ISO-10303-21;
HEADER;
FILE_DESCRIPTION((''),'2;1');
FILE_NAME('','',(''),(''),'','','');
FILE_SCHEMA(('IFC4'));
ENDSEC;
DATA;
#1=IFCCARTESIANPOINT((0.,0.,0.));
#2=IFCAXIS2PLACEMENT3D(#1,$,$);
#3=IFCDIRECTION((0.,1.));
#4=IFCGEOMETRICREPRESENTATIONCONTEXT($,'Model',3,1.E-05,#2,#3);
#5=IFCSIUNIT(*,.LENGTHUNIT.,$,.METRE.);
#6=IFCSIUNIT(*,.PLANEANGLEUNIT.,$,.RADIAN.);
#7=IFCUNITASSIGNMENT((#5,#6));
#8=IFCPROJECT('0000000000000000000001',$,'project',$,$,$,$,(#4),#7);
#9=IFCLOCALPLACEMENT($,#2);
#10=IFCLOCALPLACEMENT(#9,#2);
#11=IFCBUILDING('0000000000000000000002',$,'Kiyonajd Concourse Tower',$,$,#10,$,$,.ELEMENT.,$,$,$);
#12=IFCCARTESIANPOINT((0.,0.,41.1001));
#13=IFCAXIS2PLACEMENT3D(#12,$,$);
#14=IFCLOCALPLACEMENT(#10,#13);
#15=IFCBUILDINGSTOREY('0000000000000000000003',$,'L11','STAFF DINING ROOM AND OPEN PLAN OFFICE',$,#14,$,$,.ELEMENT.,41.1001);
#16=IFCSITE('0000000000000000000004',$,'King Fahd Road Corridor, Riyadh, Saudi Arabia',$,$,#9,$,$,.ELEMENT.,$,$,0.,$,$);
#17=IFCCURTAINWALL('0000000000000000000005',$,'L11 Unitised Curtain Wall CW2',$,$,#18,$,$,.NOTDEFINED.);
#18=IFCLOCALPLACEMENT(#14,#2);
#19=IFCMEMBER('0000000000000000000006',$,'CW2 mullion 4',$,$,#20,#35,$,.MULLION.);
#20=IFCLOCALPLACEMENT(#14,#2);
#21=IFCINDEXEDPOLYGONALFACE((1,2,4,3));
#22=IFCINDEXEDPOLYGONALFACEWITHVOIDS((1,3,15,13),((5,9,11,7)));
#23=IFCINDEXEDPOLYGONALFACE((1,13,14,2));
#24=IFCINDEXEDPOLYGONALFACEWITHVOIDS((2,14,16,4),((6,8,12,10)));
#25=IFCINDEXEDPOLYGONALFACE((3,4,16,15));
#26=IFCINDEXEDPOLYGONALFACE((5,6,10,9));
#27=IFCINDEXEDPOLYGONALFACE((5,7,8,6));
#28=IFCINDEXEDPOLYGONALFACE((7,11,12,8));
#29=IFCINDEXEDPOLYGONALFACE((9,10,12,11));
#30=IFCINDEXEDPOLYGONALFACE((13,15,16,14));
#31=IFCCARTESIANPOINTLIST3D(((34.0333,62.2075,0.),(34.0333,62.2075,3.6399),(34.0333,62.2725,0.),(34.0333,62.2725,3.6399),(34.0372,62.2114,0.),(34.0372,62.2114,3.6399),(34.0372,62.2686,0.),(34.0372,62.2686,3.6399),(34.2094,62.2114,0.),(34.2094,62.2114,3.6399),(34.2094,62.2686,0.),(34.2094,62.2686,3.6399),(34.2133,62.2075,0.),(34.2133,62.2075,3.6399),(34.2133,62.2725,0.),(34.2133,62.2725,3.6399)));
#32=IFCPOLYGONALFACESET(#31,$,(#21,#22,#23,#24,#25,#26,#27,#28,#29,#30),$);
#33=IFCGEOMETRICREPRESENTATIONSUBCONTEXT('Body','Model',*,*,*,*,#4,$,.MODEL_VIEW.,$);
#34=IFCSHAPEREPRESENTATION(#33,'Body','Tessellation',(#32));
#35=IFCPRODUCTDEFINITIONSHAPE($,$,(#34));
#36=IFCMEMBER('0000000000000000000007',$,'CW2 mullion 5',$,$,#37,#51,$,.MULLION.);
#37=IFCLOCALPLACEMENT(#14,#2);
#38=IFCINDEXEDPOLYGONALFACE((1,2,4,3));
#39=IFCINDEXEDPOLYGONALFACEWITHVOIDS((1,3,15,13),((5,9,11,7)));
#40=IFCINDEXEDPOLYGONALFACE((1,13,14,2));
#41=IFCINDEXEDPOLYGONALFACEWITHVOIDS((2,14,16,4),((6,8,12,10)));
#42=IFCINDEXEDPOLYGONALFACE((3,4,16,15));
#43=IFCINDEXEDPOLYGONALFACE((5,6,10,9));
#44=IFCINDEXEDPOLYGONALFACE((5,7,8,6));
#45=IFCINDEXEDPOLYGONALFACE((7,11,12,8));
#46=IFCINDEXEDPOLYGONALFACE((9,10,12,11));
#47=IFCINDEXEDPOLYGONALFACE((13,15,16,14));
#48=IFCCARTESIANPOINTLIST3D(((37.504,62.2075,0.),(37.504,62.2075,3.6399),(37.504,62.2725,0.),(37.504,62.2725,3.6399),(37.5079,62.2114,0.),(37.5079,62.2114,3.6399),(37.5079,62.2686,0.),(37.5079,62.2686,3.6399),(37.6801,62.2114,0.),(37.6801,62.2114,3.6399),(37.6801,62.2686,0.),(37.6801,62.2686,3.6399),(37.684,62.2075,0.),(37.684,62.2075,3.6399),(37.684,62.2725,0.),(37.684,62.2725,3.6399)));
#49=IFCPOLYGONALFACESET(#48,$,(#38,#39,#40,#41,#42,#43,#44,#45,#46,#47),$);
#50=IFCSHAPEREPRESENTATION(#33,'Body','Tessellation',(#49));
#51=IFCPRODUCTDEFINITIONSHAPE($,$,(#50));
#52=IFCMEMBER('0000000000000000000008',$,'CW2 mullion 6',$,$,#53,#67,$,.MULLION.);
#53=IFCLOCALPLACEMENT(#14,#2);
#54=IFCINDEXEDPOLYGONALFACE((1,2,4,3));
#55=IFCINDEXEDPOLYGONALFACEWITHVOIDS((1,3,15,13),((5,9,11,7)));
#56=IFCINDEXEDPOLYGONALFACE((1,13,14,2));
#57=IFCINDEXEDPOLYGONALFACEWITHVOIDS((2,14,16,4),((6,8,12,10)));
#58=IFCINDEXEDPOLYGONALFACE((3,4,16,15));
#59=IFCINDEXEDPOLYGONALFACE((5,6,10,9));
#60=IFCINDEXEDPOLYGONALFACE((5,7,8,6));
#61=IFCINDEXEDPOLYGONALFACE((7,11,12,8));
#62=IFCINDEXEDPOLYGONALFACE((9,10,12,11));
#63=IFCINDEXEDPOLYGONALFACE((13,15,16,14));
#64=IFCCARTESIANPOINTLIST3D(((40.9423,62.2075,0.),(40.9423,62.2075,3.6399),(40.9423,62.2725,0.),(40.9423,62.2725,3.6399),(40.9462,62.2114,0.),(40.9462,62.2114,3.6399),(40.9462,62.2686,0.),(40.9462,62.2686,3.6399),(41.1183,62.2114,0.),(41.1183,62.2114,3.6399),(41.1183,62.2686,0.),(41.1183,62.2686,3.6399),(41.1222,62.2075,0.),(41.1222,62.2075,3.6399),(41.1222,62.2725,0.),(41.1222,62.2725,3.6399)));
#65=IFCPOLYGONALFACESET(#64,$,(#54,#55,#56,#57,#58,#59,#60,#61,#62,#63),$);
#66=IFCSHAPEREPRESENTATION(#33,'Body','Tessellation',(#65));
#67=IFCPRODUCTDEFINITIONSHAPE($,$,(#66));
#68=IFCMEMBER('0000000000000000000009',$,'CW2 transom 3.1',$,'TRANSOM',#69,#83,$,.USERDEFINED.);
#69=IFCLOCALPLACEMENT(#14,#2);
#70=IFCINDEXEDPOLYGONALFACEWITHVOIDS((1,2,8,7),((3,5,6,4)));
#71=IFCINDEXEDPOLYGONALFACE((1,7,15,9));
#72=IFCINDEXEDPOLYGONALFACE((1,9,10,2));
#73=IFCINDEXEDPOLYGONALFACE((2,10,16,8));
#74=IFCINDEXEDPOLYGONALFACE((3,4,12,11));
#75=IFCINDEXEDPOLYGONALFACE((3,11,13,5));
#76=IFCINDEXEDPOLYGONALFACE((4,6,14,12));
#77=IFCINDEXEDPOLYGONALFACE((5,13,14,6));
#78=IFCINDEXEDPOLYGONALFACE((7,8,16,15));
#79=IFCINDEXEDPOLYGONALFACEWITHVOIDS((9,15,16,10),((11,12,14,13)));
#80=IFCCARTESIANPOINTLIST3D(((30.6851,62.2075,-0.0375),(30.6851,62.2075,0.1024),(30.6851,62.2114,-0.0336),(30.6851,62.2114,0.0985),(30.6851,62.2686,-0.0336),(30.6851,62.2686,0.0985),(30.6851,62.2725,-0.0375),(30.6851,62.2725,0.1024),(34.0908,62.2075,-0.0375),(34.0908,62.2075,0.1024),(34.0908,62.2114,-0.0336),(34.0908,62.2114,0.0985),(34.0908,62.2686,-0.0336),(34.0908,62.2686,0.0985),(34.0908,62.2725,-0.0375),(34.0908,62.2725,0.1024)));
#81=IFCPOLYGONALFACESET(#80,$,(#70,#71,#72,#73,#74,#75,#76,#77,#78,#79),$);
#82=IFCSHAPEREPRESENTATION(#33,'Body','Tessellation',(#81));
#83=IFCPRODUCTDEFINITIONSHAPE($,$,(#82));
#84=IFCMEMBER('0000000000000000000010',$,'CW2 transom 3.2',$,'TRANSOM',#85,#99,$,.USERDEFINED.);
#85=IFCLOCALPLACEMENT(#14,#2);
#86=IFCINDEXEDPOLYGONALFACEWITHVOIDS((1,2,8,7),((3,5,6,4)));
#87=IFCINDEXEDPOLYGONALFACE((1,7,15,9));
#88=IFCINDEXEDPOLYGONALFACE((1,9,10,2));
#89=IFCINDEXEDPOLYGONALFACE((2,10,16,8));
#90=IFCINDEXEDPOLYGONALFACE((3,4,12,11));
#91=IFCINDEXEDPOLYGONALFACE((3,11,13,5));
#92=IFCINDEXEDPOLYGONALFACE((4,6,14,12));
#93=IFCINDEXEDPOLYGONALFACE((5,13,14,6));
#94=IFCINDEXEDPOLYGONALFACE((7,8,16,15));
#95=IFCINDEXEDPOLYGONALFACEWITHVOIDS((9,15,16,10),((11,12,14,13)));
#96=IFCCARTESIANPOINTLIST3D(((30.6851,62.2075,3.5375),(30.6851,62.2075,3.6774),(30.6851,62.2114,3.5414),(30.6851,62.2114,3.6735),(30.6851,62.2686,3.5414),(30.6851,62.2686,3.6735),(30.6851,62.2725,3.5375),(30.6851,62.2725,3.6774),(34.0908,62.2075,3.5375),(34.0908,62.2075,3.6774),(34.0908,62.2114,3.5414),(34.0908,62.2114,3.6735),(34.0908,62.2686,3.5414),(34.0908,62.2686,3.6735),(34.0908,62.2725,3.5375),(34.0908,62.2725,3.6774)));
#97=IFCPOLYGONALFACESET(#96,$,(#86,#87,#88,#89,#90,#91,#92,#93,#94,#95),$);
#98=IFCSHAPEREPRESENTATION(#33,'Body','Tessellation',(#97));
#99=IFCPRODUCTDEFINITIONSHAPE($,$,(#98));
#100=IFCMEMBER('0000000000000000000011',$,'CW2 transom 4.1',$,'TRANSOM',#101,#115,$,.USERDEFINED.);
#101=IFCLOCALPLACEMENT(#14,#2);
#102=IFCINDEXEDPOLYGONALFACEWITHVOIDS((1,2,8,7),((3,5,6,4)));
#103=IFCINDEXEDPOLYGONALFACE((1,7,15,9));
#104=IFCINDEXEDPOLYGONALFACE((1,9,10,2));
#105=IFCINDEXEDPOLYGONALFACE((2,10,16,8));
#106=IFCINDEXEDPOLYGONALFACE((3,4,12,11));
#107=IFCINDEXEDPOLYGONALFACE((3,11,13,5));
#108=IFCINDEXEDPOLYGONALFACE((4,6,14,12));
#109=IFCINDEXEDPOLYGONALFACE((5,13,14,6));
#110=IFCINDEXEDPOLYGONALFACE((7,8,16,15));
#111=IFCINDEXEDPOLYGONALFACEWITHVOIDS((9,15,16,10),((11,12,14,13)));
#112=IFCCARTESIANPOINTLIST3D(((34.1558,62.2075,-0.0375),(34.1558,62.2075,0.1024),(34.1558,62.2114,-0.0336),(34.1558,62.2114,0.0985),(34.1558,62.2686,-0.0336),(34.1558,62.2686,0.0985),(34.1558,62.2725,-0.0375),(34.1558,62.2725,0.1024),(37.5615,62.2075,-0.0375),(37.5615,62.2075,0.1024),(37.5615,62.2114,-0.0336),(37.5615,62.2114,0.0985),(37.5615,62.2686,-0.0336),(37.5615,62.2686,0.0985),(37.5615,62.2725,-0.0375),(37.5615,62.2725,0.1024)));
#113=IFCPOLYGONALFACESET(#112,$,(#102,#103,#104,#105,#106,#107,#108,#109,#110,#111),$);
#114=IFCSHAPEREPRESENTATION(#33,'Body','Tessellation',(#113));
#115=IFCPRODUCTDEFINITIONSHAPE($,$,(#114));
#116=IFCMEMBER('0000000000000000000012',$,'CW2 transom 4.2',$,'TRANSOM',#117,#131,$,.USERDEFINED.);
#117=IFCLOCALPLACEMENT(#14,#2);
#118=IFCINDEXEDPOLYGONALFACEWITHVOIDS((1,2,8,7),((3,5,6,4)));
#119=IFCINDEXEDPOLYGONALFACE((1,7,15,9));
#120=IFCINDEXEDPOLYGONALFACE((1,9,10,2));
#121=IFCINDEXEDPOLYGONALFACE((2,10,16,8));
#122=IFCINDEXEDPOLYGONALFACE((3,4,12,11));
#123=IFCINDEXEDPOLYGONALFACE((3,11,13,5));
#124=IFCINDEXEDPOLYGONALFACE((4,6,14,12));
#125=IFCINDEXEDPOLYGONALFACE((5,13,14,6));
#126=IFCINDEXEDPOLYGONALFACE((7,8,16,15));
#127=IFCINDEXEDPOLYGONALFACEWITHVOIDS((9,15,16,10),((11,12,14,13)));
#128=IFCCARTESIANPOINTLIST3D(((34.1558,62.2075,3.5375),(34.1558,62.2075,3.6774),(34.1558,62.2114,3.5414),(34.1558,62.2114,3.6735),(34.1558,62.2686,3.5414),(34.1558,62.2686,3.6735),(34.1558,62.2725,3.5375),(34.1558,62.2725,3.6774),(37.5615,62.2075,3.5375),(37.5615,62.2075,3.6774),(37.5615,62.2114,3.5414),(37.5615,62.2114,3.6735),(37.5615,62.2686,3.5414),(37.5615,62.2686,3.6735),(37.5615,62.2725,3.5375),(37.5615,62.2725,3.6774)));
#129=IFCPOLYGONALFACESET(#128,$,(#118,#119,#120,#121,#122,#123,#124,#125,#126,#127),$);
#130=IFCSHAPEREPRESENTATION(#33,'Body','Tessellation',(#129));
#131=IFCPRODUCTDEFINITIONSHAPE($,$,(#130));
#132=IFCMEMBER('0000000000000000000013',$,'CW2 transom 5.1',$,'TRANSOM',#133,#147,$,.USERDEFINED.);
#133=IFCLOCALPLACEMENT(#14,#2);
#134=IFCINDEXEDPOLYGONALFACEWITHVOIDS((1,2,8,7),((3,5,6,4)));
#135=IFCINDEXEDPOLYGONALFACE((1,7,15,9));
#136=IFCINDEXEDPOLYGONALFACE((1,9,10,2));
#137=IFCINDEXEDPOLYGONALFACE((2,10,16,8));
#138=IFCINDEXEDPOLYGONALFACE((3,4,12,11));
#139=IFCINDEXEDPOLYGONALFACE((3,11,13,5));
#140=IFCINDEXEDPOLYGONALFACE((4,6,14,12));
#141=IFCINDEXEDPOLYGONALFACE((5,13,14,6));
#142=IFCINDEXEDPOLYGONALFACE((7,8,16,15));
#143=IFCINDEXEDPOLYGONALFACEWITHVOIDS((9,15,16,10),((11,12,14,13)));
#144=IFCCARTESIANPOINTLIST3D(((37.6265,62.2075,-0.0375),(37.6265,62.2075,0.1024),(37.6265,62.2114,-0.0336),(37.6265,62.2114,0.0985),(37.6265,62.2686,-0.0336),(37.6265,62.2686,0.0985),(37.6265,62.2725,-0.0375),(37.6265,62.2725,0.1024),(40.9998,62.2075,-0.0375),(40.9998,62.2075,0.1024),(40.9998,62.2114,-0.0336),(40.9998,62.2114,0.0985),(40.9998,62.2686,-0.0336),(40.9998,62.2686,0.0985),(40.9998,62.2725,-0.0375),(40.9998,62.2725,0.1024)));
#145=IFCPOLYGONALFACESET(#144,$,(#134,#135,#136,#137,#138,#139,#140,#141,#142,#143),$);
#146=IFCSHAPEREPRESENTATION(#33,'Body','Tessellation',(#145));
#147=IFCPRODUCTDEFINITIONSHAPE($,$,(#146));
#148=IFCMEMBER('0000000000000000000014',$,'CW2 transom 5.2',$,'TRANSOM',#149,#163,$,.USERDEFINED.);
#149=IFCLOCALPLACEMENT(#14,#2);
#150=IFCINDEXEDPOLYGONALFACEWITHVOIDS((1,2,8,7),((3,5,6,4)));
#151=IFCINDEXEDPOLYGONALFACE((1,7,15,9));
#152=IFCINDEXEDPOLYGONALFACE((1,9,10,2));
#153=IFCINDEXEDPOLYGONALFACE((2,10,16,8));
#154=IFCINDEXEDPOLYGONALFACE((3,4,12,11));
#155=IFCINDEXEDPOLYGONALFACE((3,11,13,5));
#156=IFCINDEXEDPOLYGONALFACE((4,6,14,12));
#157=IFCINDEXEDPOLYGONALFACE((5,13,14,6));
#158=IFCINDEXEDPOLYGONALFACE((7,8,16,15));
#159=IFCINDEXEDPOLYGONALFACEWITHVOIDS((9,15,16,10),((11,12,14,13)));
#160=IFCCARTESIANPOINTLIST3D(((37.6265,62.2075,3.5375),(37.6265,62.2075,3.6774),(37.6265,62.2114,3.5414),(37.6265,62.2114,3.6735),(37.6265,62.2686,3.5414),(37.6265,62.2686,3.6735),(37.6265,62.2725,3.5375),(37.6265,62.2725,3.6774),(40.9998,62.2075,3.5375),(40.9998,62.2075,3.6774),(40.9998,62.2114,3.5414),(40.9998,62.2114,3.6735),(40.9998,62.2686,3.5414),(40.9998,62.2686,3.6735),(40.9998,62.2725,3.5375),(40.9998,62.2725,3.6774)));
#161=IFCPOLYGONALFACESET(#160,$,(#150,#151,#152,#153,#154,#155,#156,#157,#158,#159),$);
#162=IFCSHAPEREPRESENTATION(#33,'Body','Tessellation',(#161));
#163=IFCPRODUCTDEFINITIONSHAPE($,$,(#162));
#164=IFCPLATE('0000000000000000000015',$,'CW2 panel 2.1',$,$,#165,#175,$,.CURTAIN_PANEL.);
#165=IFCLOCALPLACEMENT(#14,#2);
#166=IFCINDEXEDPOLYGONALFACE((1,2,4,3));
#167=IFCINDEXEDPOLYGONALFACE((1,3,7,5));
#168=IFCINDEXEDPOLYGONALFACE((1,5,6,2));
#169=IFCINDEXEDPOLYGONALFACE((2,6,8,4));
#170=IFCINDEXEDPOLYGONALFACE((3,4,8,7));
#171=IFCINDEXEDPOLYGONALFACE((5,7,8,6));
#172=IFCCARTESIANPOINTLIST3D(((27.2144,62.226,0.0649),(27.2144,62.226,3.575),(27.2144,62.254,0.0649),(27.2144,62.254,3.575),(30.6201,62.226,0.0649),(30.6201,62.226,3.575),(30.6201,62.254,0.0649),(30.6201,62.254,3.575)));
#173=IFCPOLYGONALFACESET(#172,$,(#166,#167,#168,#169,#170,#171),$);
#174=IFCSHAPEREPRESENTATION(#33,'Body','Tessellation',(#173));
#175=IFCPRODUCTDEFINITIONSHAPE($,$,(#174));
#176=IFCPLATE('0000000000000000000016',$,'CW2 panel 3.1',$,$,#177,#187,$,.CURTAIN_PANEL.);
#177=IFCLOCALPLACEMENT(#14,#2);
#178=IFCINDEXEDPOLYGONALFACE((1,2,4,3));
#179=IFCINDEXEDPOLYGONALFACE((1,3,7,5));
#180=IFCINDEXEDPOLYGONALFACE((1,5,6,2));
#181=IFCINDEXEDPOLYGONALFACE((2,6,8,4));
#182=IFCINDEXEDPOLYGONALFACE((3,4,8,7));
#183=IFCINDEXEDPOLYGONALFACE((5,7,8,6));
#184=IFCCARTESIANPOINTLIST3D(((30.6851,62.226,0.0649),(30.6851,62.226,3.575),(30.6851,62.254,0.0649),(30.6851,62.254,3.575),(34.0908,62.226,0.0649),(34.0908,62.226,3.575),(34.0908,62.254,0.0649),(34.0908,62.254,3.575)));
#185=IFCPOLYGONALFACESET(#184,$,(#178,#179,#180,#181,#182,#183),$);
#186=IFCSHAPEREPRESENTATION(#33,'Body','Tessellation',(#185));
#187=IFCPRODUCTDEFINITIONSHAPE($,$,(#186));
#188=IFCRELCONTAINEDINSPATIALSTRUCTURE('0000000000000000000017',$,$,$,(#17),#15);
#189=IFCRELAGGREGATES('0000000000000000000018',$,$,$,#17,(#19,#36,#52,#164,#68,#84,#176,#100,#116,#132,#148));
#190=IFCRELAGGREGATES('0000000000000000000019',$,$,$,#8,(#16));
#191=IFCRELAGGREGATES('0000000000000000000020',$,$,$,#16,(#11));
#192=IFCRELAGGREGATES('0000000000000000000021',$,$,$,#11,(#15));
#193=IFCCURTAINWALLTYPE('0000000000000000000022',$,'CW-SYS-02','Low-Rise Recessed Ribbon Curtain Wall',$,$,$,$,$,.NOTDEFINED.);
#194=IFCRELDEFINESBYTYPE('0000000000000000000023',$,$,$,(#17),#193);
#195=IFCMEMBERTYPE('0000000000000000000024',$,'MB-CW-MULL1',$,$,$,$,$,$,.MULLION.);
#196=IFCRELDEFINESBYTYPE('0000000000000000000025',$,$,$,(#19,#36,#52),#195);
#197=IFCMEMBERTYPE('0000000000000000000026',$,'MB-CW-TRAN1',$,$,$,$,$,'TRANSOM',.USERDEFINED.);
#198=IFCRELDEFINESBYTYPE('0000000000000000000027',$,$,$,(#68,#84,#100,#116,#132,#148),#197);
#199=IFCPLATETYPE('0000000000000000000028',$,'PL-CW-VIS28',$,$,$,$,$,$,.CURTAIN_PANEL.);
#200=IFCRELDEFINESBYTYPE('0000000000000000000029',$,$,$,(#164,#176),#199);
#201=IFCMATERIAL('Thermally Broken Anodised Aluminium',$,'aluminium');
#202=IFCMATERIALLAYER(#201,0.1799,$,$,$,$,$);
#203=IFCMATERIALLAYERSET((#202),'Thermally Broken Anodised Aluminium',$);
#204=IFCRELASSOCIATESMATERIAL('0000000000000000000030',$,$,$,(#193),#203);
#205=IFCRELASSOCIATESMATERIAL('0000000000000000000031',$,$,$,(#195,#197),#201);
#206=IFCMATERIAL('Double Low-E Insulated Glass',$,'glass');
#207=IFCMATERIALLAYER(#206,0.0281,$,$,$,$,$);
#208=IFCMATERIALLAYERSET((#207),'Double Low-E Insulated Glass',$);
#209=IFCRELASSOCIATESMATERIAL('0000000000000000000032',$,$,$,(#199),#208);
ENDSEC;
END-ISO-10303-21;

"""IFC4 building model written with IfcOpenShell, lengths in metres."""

from ifc_helpers import new_model, si_unit, direction, frame, origin, origin_2d, place, context, subcontext, project, spatial, rectangle, hollow_rectangle, extrude, material, layer, layer_set, material_profile, profile_set, type_object, element, aggregate, save


model = new_model("IFC4")

# Units and contexts
model_context = context("Model", 3, precision=1e-05, world=origin(), true_north=direction((0.0, 1.0)))
body_context = subcontext(model_context, "Body", "Model", "MODEL_VIEW")
ifc_project = project(units=[si_unit("LENGTHUNIT", "METRE"), si_unit("PLANEANGLEUNIT", "RADIAN")], contexts=[model_context])

# Site, building, storey
site_placement = place(None, origin())
site = spatial("IfcSite", under=ifc_project, at=site_placement, Name="King Fahd Road Corridor, Riyadh, Saudi Arabia", CompositionType="ELEMENT", RefElevation=0.0)
building_placement = place(site_placement, origin())
building = spatial("IfcBuilding", under=site, at=building_placement, Name="Kiyonajd Concourse Tower", CompositionType="ELEMENT")
storey_placement = place(building_placement, frame((0.0, 0.0, 41.1001)))
storey = spatial("IfcBuildingStorey", under=building, at=storey_placement, Name="L11", Description="STAFF DINING ROOM AND OPEN PLAN OFFICE", CompositionType="ELEMENT", Elevation=41.1001)

# Curtain wall, members, plates
ifc_material_1 = material(Name="Thermally Broken Anodised Aluminium", Category="aluminium")
ifc_layer_1 = layer(ifc_material_1, 0.1799)
ifc_layer_set_1 = layer_set([ifc_layer_1], Name="Thermally Broken Anodised Aluminium")
curtain_wall_type = type_object("IfcCurtainWallType", Name="CW-SYS-02", Description="Low-Rise Recessed Ribbon Curtain Wall", PredefinedType="NOTDEFINED", material=ifc_layer_set_1)
curtain_wall_placement = place(storey_placement, origin())
curtain_wall = element("IfcCurtainWall", 1, at=curtain_wall_placement, inside=storey, type_object=curtain_wall_type, Name="L11 Unitised Curtain Wall CW2", PredefinedType="NOTDEFINED")
ifc_material_profile_1 = material_profile(ifc_material_1, hollow_rectangle(XDim=0.0649, YDim=0.1799, WallThickness=0.0039, at=origin_2d()), Name="MULL-65x180")
ifc_profile_set_1 = profile_set([ifc_material_profile_1], Name="Thermally Broken Anodised Aluminium")
member_type_1 = type_object("IfcMemberType", Name="MB-CW-MULL1", PredefinedType="MULLION", material=ifc_profile_set_1)
member_1_placement = place(storey_placement, frame((34.1233, 62.24, 0.0), z_axis=(0.0, 0.0, 1.0), x_axis=(0.0, 1.0, 0.0)))
member_1 = element("IfcMember", 2, at=member_1_placement, type_object=member_type_1, Name="CW2 mullion 4", PredefinedType="MULLION", context=body_context, shape_type="SweptSolid", body=[
    extrude(hollow_rectangle(XDim=0.0649, YDim=0.1799, WallThickness=0.0039, at=origin_2d()), origin(), (0.0, 0.0, 1.0), 3.6399),
])
member_2_placement = place(storey_placement, frame((37.594, 62.24, 0.0), z_axis=(0.0, 0.0, 1.0), x_axis=(0.0, 1.0, 0.0)))
member_2 = element("IfcMember", 3, at=member_2_placement, type_object=member_type_1, Name="CW2 mullion 5", PredefinedType="MULLION", context=body_context, shape_type="SweptSolid", body=[
    extrude(hollow_rectangle(XDim=0.0649, YDim=0.1799, WallThickness=0.0039, at=origin_2d()), origin(), (0.0, 0.0, 1.0), 3.6399),
])
member_3_placement = place(storey_placement, frame((41.0322, 62.24, 0.0), z_axis=(0.0, 0.0, 1.0), x_axis=(0.0, 1.0, 0.0)))
member_3 = element("IfcMember", 4, at=member_3_placement, type_object=member_type_1, Name="CW2 mullion 6", PredefinedType="MULLION", context=body_context, shape_type="SweptSolid", body=[
    extrude(hollow_rectangle(XDim=0.0649, YDim=0.1799, WallThickness=0.0039, at=origin_2d()), origin(), (0.0, 0.0, 1.0), 3.6399),
])
ifc_material_profile_2 = material_profile(ifc_material_1, hollow_rectangle(XDim=0.0649, YDim=0.1399, WallThickness=0.0039, at=origin_2d()), Name="TRAN-65x140")
ifc_profile_set_2 = profile_set([ifc_material_profile_2], Name="Thermally Broken Anodised Aluminium")
member_type_2 = type_object("IfcMemberType", Name="MB-CW-TRAN1", ElementType="TRANSOM", PredefinedType="USERDEFINED", material=ifc_profile_set_2)
member_4_placement = place(storey_placement, frame((30.6851, 62.24, 0.0325), z_axis=(1.0, 0.0, 0.0), x_axis=(0.0, 1.0, 0.0)))
member_4 = element("IfcMember", 5, at=member_4_placement, type_object=member_type_2, Name="CW2 transom 3.1", ObjectType="TRANSOM", PredefinedType="USERDEFINED", context=body_context, shape_type="SweptSolid", body=[
    extrude(hollow_rectangle(XDim=0.0649, YDim=0.1399, WallThickness=0.0039, at=origin_2d()), origin(), (0.0, 0.0, 1.0), 3.4058),
])
member_5_placement = place(storey_placement, frame((30.6851, 62.24, 3.6074), z_axis=(1.0, 0.0, 0.0), x_axis=(0.0, 1.0, 0.0)))
member_5 = element("IfcMember", 6, at=member_5_placement, type_object=member_type_2, Name="CW2 transom 3.2", ObjectType="TRANSOM", PredefinedType="USERDEFINED", context=body_context, shape_type="SweptSolid", body=[
    extrude(hollow_rectangle(XDim=0.0649, YDim=0.1399, WallThickness=0.0039, at=origin_2d()), origin(), (0.0, 0.0, 1.0), 3.4058),
])
member_6_placement = place(storey_placement, frame((34.1558, 62.24, 0.0325), z_axis=(1.0, 0.0, 0.0), x_axis=(0.0, 1.0, 0.0)))
member_6 = element("IfcMember", 7, at=member_6_placement, type_object=member_type_2, Name="CW2 transom 4.1", ObjectType="TRANSOM", PredefinedType="USERDEFINED", context=body_context, shape_type="SweptSolid", body=[
    extrude(hollow_rectangle(XDim=0.0649, YDim=0.1399, WallThickness=0.0039, at=origin_2d()), origin(), (0.0, 0.0, 1.0), 3.4058),
])
member_7_placement = place(storey_placement, frame((34.1558, 62.24, 3.6074), z_axis=(1.0, 0.0, 0.0), x_axis=(0.0, 1.0, 0.0)))
member_7 = element("IfcMember", 8, at=member_7_placement, type_object=member_type_2, Name="CW2 transom 4.2", ObjectType="TRANSOM", PredefinedType="USERDEFINED", context=body_context, shape_type="SweptSolid", body=[
    extrude(hollow_rectangle(XDim=0.0649, YDim=0.1399, WallThickness=0.0039, at=origin_2d()), origin(), (0.0, 0.0, 1.0), 3.4058),
])
member_8_placement = place(storey_placement, frame((37.6265, 62.24, 0.0325), z_axis=(1.0, 0.0, 0.0), x_axis=(0.0, 1.0, 0.0)))
member_8 = element("IfcMember", 9, at=member_8_placement, type_object=member_type_2, Name="CW2 transom 5.1", ObjectType="TRANSOM", PredefinedType="USERDEFINED", context=body_context, shape_type="SweptSolid", body=[
    extrude(hollow_rectangle(XDim=0.0649, YDim=0.1399, WallThickness=0.0039, at=origin_2d()), origin(), (0.0, 0.0, 1.0), 3.3733),
])
member_9_placement = place(storey_placement, frame((37.6265, 62.24, 3.6074), z_axis=(1.0, 0.0, 0.0), x_axis=(0.0, 1.0, 0.0)))
member_9 = element("IfcMember", 10, at=member_9_placement, type_object=member_type_2, Name="CW2 transom 5.2", ObjectType="TRANSOM", PredefinedType="USERDEFINED", context=body_context, shape_type="SweptSolid", body=[
    extrude(hollow_rectangle(XDim=0.0649, YDim=0.1399, WallThickness=0.0039, at=origin_2d()), origin(), (0.0, 0.0, 1.0), 3.3733),
])
ifc_material_2 = material(Name="Double Low-E Insulated Glass", Category="glass")
ifc_layer_2 = layer(ifc_material_2, 0.0281)
ifc_layer_set_2 = layer_set([ifc_layer_2], Name="Double Low-E Insulated Glass")
plate_type_1 = type_object("IfcPlateType", Name="PL-CW-VIS28", PredefinedType="CURTAIN_PANEL", material=ifc_layer_set_2)
plate_1_placement = place(storey_placement, frame((28.9172, 62.24, 0.0649), z_axis=(0.0, 0.0, 1.0), x_axis=(1.0, 0.0, 0.0)))
plate_1 = element("IfcPlate", 11, at=plate_1_placement, type_object=plate_type_1, Name="CW2 panel 2.1", PredefinedType="CURTAIN_PANEL", context=body_context, shape_type="SweptSolid", body=[
    extrude(rectangle(XDim=3.4058, YDim=0.0281, at=origin_2d()), origin(), (0.0, 0.0, 1.0), 3.51),
])
plate_2_placement = place(storey_placement, frame((32.3879, 62.24, 0.0649), z_axis=(0.0, 0.0, 1.0), x_axis=(1.0, 0.0, 0.0)))
plate_2 = element("IfcPlate", 12, at=plate_2_placement, type_object=plate_type_1, Name="CW2 panel 3.1", PredefinedType="CURTAIN_PANEL", context=body_context, shape_type="SweptSolid", body=[
    extrude(rectangle(XDim=3.4058, YDim=0.0281, at=origin_2d()), origin(), (0.0, 0.0, 1.0), 3.51),
])
aggregate(curtain_wall, [member_1, member_2, member_3, plate_1, member_4, member_5, plate_2, member_6, member_7, member_8, member_9])

save(model, "model.ifc")
